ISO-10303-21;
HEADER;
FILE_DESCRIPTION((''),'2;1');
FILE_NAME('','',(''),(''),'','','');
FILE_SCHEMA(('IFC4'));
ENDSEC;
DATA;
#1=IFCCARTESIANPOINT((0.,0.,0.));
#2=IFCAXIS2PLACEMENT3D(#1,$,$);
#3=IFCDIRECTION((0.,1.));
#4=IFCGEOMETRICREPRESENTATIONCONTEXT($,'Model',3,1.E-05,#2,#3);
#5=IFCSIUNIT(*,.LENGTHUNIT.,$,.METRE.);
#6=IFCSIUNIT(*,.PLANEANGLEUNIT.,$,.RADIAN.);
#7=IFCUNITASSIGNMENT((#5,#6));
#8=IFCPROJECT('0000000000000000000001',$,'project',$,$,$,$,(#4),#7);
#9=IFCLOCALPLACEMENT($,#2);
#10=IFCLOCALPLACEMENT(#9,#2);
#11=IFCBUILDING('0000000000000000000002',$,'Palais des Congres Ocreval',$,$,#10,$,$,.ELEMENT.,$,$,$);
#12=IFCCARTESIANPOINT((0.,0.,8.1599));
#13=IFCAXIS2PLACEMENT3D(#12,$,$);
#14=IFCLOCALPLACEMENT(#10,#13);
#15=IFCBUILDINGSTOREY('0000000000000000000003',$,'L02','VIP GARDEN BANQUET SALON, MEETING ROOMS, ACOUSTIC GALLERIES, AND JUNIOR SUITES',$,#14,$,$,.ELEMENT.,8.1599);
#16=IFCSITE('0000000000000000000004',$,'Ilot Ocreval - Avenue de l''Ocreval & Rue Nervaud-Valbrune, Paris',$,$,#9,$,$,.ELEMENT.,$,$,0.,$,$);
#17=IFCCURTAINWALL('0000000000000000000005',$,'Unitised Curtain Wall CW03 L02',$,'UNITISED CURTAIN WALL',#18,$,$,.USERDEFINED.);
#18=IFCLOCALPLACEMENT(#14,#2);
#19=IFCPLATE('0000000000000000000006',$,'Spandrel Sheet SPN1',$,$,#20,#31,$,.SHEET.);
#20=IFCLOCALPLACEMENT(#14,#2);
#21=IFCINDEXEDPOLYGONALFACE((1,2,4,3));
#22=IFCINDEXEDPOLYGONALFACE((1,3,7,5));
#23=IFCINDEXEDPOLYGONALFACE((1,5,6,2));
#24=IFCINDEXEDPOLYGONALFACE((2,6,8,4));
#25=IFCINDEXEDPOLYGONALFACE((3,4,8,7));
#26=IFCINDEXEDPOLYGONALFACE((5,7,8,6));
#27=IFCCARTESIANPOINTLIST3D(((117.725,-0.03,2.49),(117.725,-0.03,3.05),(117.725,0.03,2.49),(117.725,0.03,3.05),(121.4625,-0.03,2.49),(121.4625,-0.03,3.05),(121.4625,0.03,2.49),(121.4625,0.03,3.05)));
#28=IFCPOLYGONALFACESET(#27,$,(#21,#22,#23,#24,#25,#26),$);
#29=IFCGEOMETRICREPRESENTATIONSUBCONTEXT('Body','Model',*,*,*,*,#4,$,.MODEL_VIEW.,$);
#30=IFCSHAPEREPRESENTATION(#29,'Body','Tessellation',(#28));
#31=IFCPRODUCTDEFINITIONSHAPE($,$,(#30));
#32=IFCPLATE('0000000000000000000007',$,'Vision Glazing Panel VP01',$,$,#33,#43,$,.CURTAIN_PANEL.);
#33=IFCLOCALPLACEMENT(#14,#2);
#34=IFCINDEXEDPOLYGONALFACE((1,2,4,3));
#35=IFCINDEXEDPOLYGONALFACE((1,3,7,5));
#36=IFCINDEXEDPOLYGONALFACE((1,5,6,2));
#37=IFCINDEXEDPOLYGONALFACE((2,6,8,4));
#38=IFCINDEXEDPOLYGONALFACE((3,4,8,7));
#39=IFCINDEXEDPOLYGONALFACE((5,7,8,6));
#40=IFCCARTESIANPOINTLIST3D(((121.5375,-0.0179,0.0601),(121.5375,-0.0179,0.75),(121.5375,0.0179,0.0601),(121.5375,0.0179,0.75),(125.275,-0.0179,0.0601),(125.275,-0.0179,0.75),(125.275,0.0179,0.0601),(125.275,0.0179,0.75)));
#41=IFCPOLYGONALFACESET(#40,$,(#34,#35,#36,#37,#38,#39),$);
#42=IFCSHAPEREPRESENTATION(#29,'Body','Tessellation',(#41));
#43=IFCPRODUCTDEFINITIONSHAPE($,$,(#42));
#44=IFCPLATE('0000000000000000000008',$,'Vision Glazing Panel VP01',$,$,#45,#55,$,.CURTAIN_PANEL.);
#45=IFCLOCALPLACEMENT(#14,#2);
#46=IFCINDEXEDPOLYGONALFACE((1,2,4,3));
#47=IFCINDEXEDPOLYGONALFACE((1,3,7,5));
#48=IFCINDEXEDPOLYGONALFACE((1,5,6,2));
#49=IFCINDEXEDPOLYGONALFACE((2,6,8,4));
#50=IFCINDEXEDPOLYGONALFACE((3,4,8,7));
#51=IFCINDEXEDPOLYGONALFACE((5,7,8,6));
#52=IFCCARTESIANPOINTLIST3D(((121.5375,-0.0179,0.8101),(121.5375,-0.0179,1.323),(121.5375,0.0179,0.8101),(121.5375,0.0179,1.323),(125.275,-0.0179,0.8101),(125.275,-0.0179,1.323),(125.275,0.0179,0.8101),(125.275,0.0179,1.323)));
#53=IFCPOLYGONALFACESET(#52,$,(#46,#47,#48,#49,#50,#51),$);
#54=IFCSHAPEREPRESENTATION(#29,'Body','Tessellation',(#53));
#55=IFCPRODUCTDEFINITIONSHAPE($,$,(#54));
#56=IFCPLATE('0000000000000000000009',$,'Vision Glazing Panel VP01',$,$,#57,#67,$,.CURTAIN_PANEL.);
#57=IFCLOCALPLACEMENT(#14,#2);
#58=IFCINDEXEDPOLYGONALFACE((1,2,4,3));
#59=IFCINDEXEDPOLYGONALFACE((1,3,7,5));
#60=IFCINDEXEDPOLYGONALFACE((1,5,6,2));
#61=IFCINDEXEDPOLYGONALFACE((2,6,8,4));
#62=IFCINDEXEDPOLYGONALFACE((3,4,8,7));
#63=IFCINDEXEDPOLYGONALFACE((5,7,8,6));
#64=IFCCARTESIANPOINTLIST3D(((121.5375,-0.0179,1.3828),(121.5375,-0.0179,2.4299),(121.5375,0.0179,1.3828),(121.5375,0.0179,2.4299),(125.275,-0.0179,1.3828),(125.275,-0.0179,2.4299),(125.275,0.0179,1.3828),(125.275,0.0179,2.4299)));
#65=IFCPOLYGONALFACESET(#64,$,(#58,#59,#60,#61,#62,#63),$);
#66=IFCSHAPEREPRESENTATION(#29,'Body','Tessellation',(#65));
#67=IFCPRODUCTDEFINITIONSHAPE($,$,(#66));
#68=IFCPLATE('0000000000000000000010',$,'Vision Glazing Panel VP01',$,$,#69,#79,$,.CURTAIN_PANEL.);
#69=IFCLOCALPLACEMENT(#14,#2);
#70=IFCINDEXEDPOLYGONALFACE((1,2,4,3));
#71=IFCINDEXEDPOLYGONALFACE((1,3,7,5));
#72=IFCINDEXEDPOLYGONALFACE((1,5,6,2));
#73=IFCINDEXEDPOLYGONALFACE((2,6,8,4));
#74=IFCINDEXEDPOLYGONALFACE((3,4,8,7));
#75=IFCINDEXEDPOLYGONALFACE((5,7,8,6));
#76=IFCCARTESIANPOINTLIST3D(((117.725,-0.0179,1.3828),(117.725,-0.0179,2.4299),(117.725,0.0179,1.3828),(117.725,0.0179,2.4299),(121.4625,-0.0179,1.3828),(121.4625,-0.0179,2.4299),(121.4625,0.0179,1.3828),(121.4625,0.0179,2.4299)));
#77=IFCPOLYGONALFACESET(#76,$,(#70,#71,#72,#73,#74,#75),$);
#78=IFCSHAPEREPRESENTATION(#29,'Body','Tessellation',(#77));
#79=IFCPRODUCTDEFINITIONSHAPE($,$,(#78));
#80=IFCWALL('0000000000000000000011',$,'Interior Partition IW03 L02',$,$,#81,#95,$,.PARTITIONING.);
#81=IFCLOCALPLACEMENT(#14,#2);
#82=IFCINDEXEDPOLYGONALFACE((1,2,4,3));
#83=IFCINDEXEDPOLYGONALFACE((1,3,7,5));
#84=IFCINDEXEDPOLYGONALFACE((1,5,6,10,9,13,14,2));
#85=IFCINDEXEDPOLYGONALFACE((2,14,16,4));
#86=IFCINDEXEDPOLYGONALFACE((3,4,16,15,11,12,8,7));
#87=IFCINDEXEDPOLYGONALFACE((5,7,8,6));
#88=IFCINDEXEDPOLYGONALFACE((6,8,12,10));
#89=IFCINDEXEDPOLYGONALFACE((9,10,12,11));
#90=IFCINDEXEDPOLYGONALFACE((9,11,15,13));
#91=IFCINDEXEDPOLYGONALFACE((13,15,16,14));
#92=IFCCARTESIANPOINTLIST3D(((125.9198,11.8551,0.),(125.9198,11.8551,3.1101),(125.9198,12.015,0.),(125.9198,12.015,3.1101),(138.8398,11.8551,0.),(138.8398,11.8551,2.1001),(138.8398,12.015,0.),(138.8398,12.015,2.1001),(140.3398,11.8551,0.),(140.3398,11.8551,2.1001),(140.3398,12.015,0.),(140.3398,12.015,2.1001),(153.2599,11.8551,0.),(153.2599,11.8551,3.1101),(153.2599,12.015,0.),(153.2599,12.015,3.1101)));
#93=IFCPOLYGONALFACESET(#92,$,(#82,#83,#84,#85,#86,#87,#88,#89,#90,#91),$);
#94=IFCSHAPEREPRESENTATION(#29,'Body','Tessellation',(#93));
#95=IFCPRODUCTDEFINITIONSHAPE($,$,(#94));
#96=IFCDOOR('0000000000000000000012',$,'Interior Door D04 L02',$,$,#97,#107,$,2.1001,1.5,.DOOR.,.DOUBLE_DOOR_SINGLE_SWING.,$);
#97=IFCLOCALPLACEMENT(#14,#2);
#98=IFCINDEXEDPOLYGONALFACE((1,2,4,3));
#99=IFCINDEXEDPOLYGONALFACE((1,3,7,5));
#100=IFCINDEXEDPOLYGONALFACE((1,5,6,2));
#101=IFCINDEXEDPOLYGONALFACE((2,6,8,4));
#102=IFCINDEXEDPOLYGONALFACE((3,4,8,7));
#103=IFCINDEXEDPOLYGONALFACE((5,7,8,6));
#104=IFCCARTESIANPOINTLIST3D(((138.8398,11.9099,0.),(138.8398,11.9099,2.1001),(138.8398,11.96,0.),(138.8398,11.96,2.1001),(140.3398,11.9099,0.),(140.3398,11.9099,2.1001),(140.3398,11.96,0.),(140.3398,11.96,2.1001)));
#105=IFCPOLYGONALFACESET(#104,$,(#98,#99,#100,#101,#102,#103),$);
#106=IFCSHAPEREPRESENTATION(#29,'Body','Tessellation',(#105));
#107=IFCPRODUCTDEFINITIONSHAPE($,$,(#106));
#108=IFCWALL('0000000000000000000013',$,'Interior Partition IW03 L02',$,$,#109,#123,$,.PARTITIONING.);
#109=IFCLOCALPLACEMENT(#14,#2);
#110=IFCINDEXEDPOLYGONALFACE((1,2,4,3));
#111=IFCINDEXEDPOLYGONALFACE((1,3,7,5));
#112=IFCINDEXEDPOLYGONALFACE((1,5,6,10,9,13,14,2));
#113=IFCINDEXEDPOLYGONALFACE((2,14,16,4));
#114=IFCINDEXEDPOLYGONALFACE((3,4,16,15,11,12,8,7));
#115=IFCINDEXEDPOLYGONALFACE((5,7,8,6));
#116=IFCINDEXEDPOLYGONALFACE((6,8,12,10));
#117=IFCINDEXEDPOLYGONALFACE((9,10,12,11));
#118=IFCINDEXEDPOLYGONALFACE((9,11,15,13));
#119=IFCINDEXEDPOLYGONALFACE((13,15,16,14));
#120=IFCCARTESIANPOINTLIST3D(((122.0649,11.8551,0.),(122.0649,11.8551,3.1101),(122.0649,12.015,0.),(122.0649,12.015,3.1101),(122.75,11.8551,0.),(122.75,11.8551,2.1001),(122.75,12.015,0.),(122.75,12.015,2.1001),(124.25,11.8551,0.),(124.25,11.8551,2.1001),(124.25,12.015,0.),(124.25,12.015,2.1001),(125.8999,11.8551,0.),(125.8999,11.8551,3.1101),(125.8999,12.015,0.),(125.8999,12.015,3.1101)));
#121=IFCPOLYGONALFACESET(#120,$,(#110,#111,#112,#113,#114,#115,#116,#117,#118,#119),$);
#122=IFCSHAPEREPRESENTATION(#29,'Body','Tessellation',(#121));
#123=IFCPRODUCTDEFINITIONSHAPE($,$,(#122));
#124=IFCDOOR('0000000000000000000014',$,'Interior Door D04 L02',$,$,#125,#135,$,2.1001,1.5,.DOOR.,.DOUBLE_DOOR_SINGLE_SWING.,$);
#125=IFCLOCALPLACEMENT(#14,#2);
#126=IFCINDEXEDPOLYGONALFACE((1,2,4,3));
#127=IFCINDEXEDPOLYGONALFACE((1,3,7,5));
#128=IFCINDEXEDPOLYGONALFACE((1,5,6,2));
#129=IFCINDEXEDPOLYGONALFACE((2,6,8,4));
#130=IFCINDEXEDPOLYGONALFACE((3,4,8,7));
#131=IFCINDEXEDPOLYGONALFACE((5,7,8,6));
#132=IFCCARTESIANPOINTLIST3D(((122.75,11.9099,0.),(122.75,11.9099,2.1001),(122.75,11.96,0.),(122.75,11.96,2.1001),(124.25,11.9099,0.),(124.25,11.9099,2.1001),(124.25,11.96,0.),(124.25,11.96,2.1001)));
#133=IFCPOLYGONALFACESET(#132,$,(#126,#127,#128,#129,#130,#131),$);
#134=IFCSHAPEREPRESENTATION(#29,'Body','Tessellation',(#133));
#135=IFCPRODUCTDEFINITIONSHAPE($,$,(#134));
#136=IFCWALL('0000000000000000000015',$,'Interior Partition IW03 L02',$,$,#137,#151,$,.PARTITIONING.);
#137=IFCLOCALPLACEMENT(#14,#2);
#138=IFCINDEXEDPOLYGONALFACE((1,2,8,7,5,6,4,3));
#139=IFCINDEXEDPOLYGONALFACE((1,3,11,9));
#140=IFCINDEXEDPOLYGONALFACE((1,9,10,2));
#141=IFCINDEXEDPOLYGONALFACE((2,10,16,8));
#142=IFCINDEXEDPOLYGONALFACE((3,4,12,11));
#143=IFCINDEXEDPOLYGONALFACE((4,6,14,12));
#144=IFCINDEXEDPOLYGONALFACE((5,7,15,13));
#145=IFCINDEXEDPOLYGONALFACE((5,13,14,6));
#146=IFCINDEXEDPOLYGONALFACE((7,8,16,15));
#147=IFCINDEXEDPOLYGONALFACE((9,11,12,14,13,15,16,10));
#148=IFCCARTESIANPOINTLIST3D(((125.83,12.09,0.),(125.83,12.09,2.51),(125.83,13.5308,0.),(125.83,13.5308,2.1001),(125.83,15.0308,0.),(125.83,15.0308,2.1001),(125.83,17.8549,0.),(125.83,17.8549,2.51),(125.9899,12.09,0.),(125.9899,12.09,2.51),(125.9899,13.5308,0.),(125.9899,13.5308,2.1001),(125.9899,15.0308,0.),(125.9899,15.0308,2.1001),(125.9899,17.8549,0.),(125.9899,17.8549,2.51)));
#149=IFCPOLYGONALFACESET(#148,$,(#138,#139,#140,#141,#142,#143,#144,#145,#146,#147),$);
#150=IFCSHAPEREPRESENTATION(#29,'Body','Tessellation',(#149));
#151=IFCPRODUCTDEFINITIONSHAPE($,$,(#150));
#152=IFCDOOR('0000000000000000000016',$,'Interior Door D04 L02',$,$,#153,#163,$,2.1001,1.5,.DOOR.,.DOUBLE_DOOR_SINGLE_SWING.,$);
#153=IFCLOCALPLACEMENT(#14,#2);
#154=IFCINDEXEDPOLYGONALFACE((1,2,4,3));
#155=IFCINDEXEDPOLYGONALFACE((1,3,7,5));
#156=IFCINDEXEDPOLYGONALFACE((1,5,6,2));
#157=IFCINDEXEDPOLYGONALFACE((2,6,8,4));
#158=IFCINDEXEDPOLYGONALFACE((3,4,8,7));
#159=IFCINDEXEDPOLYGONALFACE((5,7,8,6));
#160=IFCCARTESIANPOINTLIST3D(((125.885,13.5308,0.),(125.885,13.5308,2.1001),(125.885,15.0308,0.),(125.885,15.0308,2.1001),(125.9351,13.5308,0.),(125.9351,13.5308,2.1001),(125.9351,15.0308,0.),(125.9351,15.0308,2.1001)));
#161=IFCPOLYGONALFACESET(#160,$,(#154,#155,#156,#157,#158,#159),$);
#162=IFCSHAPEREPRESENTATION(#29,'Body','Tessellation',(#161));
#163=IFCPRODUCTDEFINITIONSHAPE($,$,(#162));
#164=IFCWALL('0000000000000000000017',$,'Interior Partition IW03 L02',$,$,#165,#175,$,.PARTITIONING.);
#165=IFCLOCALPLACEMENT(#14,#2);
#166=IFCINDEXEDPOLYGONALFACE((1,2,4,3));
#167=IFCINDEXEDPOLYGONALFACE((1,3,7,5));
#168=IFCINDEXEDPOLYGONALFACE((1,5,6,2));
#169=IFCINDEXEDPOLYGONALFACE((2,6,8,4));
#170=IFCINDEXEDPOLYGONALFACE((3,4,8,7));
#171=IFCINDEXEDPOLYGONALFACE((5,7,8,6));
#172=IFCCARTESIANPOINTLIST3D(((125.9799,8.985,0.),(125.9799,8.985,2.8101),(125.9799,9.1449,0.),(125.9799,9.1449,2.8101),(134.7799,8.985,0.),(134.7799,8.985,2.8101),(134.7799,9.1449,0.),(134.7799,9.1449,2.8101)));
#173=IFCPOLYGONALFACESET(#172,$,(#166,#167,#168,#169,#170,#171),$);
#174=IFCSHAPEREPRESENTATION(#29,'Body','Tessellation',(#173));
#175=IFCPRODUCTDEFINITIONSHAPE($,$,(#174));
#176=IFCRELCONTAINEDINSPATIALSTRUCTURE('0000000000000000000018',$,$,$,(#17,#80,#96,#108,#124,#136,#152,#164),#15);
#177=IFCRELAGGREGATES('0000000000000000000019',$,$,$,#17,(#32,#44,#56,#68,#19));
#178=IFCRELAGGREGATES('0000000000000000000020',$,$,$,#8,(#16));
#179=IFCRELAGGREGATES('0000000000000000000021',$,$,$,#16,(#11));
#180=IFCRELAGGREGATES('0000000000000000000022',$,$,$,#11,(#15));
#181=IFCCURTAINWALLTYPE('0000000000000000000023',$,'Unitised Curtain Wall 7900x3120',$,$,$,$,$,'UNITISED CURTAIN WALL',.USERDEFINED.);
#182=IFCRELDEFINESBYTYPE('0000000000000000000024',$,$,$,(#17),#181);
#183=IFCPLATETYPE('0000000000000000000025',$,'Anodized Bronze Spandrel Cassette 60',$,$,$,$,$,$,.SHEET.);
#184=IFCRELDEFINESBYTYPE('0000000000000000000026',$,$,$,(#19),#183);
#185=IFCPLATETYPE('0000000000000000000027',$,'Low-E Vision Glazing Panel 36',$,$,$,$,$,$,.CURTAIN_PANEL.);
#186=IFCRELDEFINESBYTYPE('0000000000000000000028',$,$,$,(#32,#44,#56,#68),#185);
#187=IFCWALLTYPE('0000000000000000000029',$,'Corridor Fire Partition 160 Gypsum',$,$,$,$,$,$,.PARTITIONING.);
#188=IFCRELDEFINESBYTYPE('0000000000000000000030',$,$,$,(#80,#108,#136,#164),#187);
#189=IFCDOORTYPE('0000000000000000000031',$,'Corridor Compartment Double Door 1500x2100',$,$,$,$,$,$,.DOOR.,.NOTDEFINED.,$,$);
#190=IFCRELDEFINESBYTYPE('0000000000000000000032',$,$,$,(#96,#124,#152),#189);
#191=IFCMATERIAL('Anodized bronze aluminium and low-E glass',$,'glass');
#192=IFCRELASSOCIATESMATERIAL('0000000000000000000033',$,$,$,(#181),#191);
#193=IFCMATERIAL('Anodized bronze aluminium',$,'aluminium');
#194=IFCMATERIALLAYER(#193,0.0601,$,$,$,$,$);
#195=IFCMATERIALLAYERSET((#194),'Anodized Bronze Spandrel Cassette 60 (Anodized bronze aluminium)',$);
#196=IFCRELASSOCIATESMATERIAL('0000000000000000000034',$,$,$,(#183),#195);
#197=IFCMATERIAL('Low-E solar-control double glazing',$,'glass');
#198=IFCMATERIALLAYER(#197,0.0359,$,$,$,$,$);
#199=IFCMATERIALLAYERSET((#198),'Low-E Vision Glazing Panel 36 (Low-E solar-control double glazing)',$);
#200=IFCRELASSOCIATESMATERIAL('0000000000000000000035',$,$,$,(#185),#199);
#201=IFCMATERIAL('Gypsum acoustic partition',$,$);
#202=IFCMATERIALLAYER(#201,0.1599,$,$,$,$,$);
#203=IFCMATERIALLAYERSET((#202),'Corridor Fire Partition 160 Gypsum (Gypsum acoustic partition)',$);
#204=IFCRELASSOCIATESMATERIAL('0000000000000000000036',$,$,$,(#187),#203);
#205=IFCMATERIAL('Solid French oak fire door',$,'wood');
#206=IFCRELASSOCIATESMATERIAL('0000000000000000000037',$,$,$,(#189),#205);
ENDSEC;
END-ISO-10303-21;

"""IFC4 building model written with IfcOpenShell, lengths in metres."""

from ifc_helpers import new_model, si_unit, direction, frame, frame_2d, origin, origin_2d, place, context, subcontext, project, spatial, rectangle, extrude, material, layer, layer_set, type_object, element, fill, aggregate, save


model = new_model("IFC4")

# Units and contexts
model_context = context("Model", 3, precision=1e-05, world=origin(), true_north=direction((0.0, 1.0)))
body_context = subcontext(model_context, "Body", "Model", "MODEL_VIEW")
ifc_project = project(units=[si_unit("LENGTHUNIT", "METRE"), si_unit("PLANEANGLEUNIT", "RADIAN")], contexts=[model_context])

# Site, building, storey
site_placement = place(None, origin())
site = spatial("IfcSite", under=ifc_project, at=site_placement, Name="Ilot Ocreval - Avenue de l'Ocreval & Rue Nervaud-Valbrune, Paris", CompositionType="ELEMENT", RefElevation=0.0)
building_placement = place(site_placement, origin())
building = spatial("IfcBuilding", under=site, at=building_placement, Name="Palais des Congres Ocreval", CompositionType="ELEMENT")
storey_placement = place(building_placement, frame((0.0, 0.0, 8.1599)))
storey = spatial("IfcBuildingStorey", under=building, at=storey_placement, Name="L02", Description="VIP GARDEN BANQUET SALON, MEETING ROOMS, ACOUSTIC GALLERIES, AND JUNIOR SUITES", CompositionType="ELEMENT", Elevation=8.1599)

# Curtain wall
ifc_material_1 = material(Name="Anodized bronze aluminium and low-E glass", Category="glass")
curtain_wall_type = type_object("IfcCurtainWallType", Name="Unitised Curtain Wall 7900x3120", ElementType="UNITISED CURTAIN WALL", PredefinedType="USERDEFINED", material=ifc_material_1)
curtain_wall_placement = place(storey_placement, origin())
curtain_wall = element("IfcCurtainWall", 1, at=curtain_wall_placement, inside=storey, type_object=curtain_wall_type, Name="Unitised Curtain Wall CW03 L02", ObjectType="UNITISED CURTAIN WALL", PredefinedType="USERDEFINED")
ifc_material_2 = material(Name="Anodized bronze aluminium", Category="aluminium")

# Plates
ifc_layer_1 = layer(ifc_material_2, 0.0601)
ifc_layer_set_1 = layer_set([ifc_layer_1], Name="Anodized Bronze Spandrel Cassette 60 (Anodized bronze aluminium)")
plate_type_1 = type_object("IfcPlateType", Name="Anodized Bronze Spandrel Cassette 60", PredefinedType="SHEET", material=ifc_layer_set_1)
plate_1_placement = place(storey_placement, frame((119.5938, 0.0, 2.49), z_axis=(0.0, 0.0, 1.0), x_axis=(-1.0, 0.0, 0.0)))
plate_1 = element("IfcPlate", 2, at=plate_1_placement, type_object=plate_type_1, Name="Spandrel Sheet SPN1", PredefinedType="SHEET", context=body_context, shape_type="SweptSolid", body=[
    extrude(rectangle(XDim=3.7375, YDim=0.0601, at=origin_2d()), origin(), (0.0, 0.0, 1.0), 0.5601),
])
ifc_material_3 = material(Name="Low-E solar-control double glazing", Category="glass")
ifc_layer_2 = layer(ifc_material_3, 0.0359)
ifc_layer_set_2 = layer_set([ifc_layer_2], Name="Low-E Vision Glazing Panel 36 (Low-E solar-control double glazing)")
plate_type_2 = type_object("IfcPlateType", Name="Low-E Vision Glazing Panel 36", PredefinedType="CURTAIN_PANEL", material=ifc_layer_set_2)
plate_2_placement = place(storey_placement, frame((123.4062, 0.0, 0.0601), z_axis=(0.0, 0.0, 1.0), x_axis=(-1.0, 0.0, 0.0)))
plate_2 = element("IfcPlate", 3, at=plate_2_placement, type_object=plate_type_2, Name="Vision Glazing Panel VP01", PredefinedType="CURTAIN_PANEL", context=body_context, shape_type="SweptSolid", body=[
    extrude(rectangle(XDim=3.7375, YDim=0.0359, at=origin_2d()), origin(), (0.0, 0.0, 1.0), 0.6899),
])
plate_3_placement = place(storey_placement, frame((123.4062, 0.0, 0.8101), z_axis=(0.0, 0.0, 1.0), x_axis=(-1.0, 0.0, 0.0)))
plate_3 = element("IfcPlate", 4, at=plate_3_placement, type_object=plate_type_2, Name="Vision Glazing Panel VP01", PredefinedType="CURTAIN_PANEL", context=body_context, shape_type="SweptSolid", body=[
    extrude(rectangle(XDim=3.7375, YDim=0.0359, at=origin_2d()), origin(), (0.0, 0.0, 1.0), 0.5129),
])
plate_4_placement = place(storey_placement, frame((123.4062, 0.0, 1.3828), z_axis=(0.0, 0.0, 1.0), x_axis=(-1.0, 0.0, 0.0)))
plate_4 = element("IfcPlate", 5, at=plate_4_placement, type_object=plate_type_2, Name="Vision Glazing Panel VP01", PredefinedType="CURTAIN_PANEL", context=body_context, shape_type="SweptSolid", body=[
    extrude(rectangle(XDim=3.7375, YDim=0.0359, at=origin_2d()), origin(), (0.0, 0.0, 1.0), 1.0471),
])
plate_5_placement = place(storey_placement, frame((119.5938, 0.0, 1.3828), z_axis=(0.0, 0.0, 1.0), x_axis=(-1.0, 0.0, 0.0)))
plate_5 = element("IfcPlate", 6, at=plate_5_placement, type_object=plate_type_2, Name="Vision Glazing Panel VP01", PredefinedType="CURTAIN_PANEL", context=body_context, shape_type="SweptSolid", body=[
    extrude(rectangle(XDim=3.7375, YDim=0.0359, at=origin_2d()), origin(), (0.0, 0.0, 1.0), 1.0471),
])
aggregate(curtain_wall, [plate_2, plate_3, plate_4, plate_5, plate_1])

# Walls, openings, doors
ifc_material_4 = material(Name="Gypsum acoustic partition")
ifc_layer_3 = layer(ifc_material_4, 0.1599)
ifc_layer_set_3 = layer_set([ifc_layer_3], Name="Corridor Fire Partition 160 Gypsum (Gypsum acoustic partition)")
wall_type_1 = type_object("IfcWallType", Name="Corridor Fire Partition 160 Gypsum", PredefinedType="PARTITIONING", material=ifc_layer_set_3)
wall_1_placement = place(storey_placement, frame((125.9199, 11.9351, 0.0), z_axis=(0.0, 0.0, 1.0), x_axis=(1.0, 0.0, 0.0)))
wall_1 = element("IfcWall", 7, at=wall_1_placement, inside=storey, type_object=wall_type_1, Name="Interior Partition IW03 L02", PredefinedType="PARTITIONING", context=body_context, shape_type="SweptSolid", body=[
    extrude(rectangle(XDim=27.3401, YDim=0.1599, at=frame_2d((13.6699, 0.0))), origin(), (0.0, 0.0, 1.0), 3.1101),
])
opening_1_placement = place(wall_1_placement, frame((12.9199, 0.0, 0.0)))
opening_1 = element("IfcOpeningElement", 8, at=opening_1_placement, cuts=wall_1, PredefinedType="OPENING", context=body_context, shape_type="SweptSolid", body=[
    extrude(rectangle(XDim=1.5, YDim=2.1001, at=frame_2d((0.75, 1.05))), frame((0.0, 0.0898, 0.0), z_axis=(0.0, -1.0, 0.0), x_axis=(1.0, 0.0, 0.0)), (0.0, 0.0, 1.0), 0.1799),
])
ifc_material_5 = material(Name="Solid French oak fire door", Category="wood")
door_type = type_object("IfcDoorType", Name="Corridor Compartment Double Door 1500x2100", OperationType="NOTDEFINED", PredefinedType="DOOR", material=ifc_material_5)
door_1_placement = place(opening_1_placement, origin())
door_1 = element("IfcDoor", 9, at=door_1_placement, inside=storey, type_object=door_type, Name="Interior Door D04 L02", OperationType="DOUBLE_DOOR_SINGLE_SWING", OverallHeight=2.1001, OverallWidth=1.5, PredefinedType="DOOR", context=body_context, shape_type="SweptSolid", body=[
    extrude(rectangle(XDim=1.5, YDim=2.1001, at=frame_2d((0.75, 1.05))), frame((0.0, 0.0249, 0.0), z_axis=(0.0, -1.0, 0.0), x_axis=(1.0, 0.0, 0.0)), (0.0, 0.0, 1.0), 0.05),
])
fill(opening_1, door_1)
wall_2_placement = place(storey_placement, frame((122.0649, 11.9351, 0.0), z_axis=(0.0, 0.0, 1.0), x_axis=(1.0, 0.0, 0.0)))
wall_2 = element("IfcWall", 10, at=wall_2_placement, inside=storey, type_object=wall_type_1, Name="Interior Partition IW03 L02", PredefinedType="PARTITIONING", context=body_context, shape_type="SweptSolid", body=[
    extrude(rectangle(XDim=3.835, YDim=0.1599, at=frame_2d((1.9175, 0.0))), origin(), (0.0, 0.0, 1.0), 3.1101),
])
opening_2_placement = place(wall_2_placement, frame((0.6851, 0.0, 0.0)))
opening_2 = element("IfcOpeningElement", 11, at=opening_2_placement, cuts=wall_2, PredefinedType="OPENING", context=body_context, shape_type="SweptSolid", body=[
    extrude(rectangle(XDim=1.5, YDim=2.1001, at=frame_2d((0.75, 1.05))), frame((0.0, 0.0898, 0.0), z_axis=(0.0, -1.0, 0.0), x_axis=(1.0, 0.0, 0.0)), (0.0, 0.0, 1.0), 0.1799),
])
door_2_placement = place(opening_2_placement, origin())
door_2 = element("IfcDoor", 12, at=door_2_placement, inside=storey, type_object=door_type, Name="Interior Door D04 L02", OperationType="DOUBLE_DOOR_SINGLE_SWING", OverallHeight=2.1001, OverallWidth=1.5, PredefinedType="DOOR", context=body_context, shape_type="SweptSolid", body=[
    extrude(rectangle(XDim=1.5, YDim=2.1001, at=frame_2d((0.75, 1.05))), frame((0.0, 0.0249, 0.0), z_axis=(0.0, -1.0, 0.0), x_axis=(1.0, 0.0, 0.0)), (0.0, 0.0, 1.0), 0.05),
])
fill(opening_2, door_2)
wall_3_placement = place(storey_placement, frame((125.9099, 12.0901, 0.0), z_axis=(0.0, 0.0, 1.0), x_axis=(0.0, 1.0, 0.0)))
wall_3 = element("IfcWall", 13, at=wall_3_placement, inside=storey, type_object=wall_type_1, Name="Interior Partition IW03 L02", PredefinedType="PARTITIONING", context=body_context, shape_type="SweptSolid", body=[
    extrude(rectangle(XDim=5.7649, YDim=0.1599, at=frame_2d((2.8823, 0.0))), origin(), (0.0, 0.0, 1.0), 2.51),
])
opening_3_placement = place(wall_3_placement, frame((1.4407, 0.0, 0.0)))
opening_3 = element("IfcOpeningElement", 14, at=opening_3_placement, cuts=wall_3, PredefinedType="OPENING", context=body_context, shape_type="SweptSolid", body=[
    extrude(rectangle(XDim=1.5, YDim=2.1001, at=frame_2d((0.75, 1.05))), frame((0.0, 0.0898, 0.0), z_axis=(0.0, -1.0, 0.0), x_axis=(1.0, 0.0, 0.0)), (0.0, 0.0, 1.0), 0.1799),
])
door_3_placement = place(opening_3_placement, origin())
door_3 = element("IfcDoor", 15, at=door_3_placement, inside=storey, type_object=door_type, Name="Interior Door D04 L02", OperationType="DOUBLE_DOOR_SINGLE_SWING", OverallHeight=2.1001, OverallWidth=1.5, PredefinedType="DOOR", context=body_context, shape_type="SweptSolid", body=[
    extrude(rectangle(XDim=1.5, YDim=2.1001, at=frame_2d((0.75, 1.05))), frame((0.0, 0.0249, 0.0), z_axis=(0.0, -1.0, 0.0), x_axis=(1.0, 0.0, 0.0)), (0.0, 0.0, 1.0), 0.05),
])
fill(opening_3, door_3)

# Wall
wall_4_placement = place(storey_placement, frame((125.98, 9.0649, 0.0), z_axis=(0.0, 0.0, 1.0), x_axis=(1.0, 0.0, 0.0)))
element("IfcWall", 16, at=wall_4_placement, inside=storey, type_object=wall_type_1, Name="Interior Partition IW03 L02", PredefinedType="PARTITIONING", context=body_context, shape_type="SweptSolid", body=[
    extrude(rectangle(XDim=8.8, YDim=0.1599, at=frame_2d((4.3999, 0.0))), origin(), (0.0, 0.0, 1.0), 2.8101),
])

save(model, "model.ifc")
